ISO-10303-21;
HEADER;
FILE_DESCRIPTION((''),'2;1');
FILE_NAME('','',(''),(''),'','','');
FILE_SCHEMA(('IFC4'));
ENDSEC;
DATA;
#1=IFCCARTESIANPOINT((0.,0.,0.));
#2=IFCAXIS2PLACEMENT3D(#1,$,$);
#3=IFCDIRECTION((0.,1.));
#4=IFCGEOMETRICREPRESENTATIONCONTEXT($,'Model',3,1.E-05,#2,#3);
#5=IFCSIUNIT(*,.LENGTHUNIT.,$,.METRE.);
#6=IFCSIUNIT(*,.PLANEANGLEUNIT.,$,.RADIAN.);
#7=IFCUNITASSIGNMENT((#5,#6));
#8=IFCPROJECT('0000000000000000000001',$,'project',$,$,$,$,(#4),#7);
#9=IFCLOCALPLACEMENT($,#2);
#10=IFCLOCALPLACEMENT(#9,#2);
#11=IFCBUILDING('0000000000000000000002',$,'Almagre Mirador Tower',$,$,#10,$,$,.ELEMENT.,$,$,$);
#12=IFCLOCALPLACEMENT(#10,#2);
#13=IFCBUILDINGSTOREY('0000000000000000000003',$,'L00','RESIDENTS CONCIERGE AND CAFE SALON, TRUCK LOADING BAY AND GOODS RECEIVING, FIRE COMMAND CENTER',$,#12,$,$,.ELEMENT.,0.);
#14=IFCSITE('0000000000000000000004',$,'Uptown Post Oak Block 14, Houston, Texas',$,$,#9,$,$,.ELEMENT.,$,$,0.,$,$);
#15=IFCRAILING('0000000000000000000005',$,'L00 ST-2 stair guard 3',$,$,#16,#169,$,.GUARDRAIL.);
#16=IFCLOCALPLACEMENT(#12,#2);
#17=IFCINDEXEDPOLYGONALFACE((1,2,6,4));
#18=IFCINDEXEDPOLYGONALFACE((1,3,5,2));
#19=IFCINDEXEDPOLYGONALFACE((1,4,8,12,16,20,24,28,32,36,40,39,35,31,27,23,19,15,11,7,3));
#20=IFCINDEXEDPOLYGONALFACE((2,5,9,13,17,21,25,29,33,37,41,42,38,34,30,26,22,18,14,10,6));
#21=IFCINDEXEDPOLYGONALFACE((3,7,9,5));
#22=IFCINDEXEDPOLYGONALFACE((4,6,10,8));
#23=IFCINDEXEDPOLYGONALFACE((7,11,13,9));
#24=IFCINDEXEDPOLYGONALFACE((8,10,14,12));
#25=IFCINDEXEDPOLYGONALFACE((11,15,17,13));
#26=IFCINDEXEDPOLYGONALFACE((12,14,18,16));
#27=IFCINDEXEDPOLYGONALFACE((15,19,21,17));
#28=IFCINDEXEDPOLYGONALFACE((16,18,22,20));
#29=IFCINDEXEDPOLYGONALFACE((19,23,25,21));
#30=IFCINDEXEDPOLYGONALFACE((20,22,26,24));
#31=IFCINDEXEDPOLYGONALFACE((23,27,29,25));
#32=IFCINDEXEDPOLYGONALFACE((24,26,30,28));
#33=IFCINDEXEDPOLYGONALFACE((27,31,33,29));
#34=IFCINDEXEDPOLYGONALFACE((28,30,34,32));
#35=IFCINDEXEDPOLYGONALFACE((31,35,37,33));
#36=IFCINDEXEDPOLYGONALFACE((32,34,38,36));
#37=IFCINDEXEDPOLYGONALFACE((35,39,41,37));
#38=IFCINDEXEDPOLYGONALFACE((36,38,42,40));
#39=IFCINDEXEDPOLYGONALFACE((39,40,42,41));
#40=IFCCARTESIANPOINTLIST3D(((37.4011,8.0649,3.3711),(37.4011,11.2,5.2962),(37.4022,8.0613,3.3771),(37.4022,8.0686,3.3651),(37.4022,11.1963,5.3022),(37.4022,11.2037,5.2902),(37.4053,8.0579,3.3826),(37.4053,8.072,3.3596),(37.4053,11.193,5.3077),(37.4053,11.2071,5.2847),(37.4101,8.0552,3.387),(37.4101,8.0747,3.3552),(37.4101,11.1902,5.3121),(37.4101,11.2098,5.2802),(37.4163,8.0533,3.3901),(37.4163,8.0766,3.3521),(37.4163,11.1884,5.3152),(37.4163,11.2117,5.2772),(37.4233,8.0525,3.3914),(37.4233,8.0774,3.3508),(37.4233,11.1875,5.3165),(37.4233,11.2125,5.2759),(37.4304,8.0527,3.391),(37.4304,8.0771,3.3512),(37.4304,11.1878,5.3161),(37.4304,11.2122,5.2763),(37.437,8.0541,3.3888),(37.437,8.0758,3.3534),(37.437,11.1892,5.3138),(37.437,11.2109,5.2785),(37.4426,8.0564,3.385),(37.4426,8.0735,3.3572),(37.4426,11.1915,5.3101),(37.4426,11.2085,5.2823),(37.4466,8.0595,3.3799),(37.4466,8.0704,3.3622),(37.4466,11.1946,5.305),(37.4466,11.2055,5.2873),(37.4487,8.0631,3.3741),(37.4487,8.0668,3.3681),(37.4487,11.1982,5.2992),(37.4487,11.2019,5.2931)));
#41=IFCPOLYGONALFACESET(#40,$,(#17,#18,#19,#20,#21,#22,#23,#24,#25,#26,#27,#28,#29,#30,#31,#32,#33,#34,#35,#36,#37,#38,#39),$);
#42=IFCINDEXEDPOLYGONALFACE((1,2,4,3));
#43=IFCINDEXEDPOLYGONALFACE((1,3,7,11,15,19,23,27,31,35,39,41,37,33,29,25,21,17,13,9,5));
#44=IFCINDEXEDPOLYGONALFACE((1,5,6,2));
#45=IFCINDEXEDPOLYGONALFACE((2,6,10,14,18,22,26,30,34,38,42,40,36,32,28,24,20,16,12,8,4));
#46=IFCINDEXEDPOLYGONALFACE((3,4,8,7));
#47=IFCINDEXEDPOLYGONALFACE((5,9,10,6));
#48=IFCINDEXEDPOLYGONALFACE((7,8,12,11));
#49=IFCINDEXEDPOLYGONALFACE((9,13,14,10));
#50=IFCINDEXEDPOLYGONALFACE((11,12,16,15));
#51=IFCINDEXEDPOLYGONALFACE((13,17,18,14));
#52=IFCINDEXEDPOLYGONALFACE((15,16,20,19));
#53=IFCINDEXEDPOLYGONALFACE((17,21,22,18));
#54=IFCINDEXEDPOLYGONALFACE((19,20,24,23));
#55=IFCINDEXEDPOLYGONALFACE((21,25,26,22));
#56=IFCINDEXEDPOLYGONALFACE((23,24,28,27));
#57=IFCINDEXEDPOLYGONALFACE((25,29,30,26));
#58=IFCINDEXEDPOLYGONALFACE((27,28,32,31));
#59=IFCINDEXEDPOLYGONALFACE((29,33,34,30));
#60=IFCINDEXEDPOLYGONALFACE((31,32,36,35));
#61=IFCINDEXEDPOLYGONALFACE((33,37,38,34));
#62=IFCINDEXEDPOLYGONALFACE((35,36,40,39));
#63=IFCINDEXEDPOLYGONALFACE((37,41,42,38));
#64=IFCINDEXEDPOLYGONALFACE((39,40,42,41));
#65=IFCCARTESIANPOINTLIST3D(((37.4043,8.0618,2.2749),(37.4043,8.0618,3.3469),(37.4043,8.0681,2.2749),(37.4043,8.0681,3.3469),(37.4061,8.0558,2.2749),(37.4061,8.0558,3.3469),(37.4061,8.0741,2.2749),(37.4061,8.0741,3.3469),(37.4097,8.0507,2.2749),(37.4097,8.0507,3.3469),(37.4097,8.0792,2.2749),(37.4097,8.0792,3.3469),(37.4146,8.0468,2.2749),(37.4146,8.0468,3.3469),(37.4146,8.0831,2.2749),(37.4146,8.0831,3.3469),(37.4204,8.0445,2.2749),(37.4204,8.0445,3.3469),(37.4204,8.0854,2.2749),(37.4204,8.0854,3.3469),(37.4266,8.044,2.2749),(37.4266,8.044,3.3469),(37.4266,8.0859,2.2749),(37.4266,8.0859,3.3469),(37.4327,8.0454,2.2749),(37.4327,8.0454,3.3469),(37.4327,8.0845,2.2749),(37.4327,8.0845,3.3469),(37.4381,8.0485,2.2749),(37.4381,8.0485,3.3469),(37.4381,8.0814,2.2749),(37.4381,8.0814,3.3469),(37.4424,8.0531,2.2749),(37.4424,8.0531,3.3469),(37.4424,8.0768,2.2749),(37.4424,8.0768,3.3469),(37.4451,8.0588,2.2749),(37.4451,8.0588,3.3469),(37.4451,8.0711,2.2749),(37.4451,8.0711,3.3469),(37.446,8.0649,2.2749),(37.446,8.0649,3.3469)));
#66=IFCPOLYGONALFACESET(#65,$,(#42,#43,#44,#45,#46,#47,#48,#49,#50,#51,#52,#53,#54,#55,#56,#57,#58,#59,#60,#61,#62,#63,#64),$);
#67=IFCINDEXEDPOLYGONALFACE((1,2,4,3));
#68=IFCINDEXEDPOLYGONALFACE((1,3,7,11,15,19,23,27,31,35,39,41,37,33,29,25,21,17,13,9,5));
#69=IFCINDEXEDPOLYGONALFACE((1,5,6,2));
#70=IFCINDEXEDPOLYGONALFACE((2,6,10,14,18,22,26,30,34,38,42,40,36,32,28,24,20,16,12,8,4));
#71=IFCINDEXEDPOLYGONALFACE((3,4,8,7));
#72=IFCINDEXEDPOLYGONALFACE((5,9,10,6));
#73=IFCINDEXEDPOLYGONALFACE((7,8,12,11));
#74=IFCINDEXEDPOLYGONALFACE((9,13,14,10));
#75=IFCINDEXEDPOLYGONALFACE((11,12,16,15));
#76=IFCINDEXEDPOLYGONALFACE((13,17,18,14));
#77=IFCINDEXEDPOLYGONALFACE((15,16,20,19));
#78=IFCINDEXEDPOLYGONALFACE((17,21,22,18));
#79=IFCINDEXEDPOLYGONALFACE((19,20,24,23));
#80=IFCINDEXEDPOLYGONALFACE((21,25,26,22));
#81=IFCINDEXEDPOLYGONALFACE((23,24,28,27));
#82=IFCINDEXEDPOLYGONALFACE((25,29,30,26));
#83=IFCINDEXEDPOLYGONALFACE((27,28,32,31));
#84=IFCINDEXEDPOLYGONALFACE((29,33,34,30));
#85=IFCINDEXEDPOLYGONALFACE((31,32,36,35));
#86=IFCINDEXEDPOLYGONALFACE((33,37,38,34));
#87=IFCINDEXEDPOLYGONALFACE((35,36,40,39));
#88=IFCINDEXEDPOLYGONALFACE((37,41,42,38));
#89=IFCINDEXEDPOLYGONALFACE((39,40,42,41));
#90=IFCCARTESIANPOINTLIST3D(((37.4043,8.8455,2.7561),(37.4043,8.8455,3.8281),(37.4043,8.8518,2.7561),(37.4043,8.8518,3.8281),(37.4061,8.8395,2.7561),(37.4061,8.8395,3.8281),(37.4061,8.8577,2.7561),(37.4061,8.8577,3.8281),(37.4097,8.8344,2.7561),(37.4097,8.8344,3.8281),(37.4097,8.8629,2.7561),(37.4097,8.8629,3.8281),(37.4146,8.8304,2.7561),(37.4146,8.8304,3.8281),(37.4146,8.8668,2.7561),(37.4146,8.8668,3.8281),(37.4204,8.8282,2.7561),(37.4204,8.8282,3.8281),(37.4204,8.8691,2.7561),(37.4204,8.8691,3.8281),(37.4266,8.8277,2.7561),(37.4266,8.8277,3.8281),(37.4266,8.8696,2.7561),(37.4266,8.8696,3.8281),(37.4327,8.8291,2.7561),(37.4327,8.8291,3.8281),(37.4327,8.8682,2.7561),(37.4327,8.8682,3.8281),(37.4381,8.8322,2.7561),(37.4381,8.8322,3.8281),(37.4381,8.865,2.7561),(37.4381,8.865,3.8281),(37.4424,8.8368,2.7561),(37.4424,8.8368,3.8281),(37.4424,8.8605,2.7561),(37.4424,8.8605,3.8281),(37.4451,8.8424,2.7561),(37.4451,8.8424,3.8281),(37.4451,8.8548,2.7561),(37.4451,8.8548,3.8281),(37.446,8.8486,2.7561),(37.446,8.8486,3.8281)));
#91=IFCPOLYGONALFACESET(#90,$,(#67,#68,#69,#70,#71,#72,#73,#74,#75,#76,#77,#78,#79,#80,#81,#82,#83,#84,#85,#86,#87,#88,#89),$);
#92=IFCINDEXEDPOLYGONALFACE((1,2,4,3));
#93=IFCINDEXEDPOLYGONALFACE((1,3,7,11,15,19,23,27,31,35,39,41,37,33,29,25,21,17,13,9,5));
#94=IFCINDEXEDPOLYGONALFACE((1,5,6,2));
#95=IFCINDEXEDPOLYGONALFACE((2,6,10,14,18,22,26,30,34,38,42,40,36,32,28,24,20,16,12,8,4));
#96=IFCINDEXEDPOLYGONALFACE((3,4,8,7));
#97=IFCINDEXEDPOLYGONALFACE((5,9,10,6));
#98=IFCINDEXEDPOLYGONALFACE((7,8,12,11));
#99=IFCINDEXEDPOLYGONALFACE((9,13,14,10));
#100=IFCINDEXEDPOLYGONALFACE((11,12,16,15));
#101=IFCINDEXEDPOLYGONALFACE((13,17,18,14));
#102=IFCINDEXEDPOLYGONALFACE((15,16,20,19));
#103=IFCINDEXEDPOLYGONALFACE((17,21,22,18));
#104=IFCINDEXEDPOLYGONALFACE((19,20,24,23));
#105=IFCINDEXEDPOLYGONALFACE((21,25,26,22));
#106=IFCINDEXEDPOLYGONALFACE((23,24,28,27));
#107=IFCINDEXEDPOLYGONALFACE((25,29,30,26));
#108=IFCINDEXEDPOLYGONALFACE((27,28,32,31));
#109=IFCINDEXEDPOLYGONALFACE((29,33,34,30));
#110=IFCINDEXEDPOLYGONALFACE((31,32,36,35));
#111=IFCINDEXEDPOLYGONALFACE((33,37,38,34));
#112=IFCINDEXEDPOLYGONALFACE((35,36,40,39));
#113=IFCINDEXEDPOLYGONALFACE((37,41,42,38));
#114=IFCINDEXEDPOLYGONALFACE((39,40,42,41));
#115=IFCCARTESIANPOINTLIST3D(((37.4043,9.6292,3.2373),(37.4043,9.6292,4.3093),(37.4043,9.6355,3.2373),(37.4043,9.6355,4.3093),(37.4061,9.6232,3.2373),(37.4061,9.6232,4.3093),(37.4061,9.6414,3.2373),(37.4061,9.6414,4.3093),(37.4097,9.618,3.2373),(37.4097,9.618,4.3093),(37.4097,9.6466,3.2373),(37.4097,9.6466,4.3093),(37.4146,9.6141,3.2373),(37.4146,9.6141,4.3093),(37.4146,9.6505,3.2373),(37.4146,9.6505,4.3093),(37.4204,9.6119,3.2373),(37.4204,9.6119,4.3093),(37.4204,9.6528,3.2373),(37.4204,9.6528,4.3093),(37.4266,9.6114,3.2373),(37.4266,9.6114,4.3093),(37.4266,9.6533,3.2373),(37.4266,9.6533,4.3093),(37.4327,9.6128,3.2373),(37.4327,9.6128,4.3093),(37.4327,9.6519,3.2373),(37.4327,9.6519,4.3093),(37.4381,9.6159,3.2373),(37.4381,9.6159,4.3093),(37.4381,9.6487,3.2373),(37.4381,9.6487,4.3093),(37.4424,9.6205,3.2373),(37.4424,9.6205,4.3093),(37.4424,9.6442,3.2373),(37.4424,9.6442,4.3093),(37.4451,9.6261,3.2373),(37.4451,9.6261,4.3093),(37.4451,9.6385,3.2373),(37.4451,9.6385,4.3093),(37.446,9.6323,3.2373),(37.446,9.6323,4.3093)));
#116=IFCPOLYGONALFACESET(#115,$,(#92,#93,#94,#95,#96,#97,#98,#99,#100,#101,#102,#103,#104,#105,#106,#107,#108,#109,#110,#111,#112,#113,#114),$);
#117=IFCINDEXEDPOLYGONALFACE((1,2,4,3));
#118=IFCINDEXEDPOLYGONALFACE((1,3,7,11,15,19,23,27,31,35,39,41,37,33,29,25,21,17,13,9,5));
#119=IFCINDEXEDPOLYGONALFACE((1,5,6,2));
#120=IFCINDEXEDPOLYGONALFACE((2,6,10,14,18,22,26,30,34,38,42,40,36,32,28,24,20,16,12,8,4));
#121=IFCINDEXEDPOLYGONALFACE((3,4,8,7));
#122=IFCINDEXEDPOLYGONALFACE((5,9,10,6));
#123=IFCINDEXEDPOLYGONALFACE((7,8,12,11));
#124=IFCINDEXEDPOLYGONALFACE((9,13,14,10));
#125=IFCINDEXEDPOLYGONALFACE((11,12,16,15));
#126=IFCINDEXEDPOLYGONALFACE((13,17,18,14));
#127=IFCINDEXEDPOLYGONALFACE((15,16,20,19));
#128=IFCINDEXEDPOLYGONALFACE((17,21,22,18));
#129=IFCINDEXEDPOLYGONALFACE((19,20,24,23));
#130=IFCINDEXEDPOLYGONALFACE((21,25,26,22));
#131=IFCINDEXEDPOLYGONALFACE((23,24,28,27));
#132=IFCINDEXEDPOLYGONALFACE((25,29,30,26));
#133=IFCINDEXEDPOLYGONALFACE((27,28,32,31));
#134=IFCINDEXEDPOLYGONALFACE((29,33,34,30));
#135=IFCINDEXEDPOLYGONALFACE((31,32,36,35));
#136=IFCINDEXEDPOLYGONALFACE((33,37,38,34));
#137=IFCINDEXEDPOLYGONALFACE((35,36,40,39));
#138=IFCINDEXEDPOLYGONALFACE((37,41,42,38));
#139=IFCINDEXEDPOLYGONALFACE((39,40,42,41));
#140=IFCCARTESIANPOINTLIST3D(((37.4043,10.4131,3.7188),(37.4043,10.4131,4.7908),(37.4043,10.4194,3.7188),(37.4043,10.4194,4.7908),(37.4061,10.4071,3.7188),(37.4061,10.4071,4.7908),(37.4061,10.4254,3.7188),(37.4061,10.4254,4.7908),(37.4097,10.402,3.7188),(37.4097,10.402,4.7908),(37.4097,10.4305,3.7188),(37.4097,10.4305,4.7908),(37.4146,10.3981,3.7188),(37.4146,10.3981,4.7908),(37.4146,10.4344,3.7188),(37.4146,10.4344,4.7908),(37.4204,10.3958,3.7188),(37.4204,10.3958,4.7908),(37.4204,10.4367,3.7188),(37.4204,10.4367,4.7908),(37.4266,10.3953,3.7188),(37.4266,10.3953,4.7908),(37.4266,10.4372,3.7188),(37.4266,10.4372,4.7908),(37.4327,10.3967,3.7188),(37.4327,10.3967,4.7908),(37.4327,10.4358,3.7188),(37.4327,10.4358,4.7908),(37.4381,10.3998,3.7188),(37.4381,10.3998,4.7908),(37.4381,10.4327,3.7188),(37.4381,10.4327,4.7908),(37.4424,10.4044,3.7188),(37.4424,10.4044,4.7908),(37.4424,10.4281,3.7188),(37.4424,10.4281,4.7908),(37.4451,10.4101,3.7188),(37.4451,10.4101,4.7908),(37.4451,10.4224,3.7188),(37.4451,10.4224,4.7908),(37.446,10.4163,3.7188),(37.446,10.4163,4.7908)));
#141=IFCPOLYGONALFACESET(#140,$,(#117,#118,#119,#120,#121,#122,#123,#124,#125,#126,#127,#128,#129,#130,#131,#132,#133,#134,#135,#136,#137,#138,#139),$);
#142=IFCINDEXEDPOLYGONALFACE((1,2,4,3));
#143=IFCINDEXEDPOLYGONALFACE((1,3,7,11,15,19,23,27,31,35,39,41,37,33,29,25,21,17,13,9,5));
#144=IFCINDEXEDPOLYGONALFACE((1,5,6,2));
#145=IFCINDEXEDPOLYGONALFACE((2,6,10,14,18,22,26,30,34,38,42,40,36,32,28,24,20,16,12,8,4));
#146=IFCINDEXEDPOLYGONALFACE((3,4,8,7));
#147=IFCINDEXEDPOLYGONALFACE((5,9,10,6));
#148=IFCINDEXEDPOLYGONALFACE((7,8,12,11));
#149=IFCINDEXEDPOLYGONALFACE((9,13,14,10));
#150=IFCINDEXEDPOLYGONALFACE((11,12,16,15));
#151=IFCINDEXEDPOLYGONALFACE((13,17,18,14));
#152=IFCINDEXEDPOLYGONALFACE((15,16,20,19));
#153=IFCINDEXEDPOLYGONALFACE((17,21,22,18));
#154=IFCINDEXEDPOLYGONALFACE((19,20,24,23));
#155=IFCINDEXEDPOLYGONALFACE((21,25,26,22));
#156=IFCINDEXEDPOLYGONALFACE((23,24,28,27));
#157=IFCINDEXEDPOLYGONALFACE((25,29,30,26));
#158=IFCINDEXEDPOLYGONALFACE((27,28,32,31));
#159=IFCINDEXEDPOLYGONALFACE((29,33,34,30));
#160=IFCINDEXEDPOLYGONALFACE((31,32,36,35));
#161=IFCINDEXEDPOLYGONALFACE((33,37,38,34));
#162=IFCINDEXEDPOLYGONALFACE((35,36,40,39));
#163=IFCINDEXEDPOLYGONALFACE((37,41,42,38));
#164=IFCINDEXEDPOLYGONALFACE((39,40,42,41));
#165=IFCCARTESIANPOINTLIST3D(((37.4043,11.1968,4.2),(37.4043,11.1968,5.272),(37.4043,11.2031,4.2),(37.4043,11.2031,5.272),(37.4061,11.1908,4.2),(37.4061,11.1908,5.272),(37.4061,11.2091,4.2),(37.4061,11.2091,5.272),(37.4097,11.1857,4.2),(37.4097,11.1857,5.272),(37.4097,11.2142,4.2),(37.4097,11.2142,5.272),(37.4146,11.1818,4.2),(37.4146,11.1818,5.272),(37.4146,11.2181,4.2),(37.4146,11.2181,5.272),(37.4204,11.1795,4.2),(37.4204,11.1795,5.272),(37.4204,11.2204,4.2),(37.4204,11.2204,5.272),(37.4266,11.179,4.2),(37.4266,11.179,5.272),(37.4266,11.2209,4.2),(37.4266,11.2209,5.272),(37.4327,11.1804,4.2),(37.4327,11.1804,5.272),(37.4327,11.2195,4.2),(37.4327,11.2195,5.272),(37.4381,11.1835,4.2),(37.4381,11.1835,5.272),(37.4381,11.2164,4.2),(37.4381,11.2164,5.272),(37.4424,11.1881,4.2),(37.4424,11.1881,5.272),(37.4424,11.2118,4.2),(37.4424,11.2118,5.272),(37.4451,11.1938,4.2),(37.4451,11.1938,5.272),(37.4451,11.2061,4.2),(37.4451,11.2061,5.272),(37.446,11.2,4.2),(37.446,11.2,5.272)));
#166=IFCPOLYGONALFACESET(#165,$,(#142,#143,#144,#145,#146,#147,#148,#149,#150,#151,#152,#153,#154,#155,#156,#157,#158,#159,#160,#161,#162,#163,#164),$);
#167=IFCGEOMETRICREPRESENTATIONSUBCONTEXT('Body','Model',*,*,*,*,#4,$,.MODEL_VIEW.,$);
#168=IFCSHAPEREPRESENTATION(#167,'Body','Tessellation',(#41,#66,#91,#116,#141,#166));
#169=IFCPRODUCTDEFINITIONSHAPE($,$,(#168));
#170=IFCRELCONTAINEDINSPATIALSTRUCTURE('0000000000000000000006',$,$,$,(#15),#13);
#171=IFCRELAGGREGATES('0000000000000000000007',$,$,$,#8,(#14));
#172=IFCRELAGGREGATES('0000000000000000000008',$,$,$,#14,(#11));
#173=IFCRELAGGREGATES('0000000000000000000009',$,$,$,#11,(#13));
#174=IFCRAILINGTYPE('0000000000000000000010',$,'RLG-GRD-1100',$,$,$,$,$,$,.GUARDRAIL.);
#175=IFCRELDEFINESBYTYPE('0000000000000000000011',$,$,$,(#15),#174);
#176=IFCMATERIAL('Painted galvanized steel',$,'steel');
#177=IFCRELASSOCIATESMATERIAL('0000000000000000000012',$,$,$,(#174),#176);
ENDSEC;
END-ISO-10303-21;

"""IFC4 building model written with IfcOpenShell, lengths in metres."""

from ifc_helpers import new_model, si_unit, direction, frame, origin, origin_2d, place, context, subcontext, project, spatial, circle, extrude, material, type_object, element, save


model = new_model("IFC4")

# Units and contexts
model_context = context("Model", 3, precision=1e-05, world=origin(), true_north=direction((0.0, 1.0)))
body_context = subcontext(model_context, "Body", "Model", "MODEL_VIEW")
ifc_project = project(units=[si_unit("LENGTHUNIT", "METRE"), si_unit("PLANEANGLEUNIT", "RADIAN")], contexts=[model_context])

# Site, building, storey
site_placement = place(None, origin())
site = spatial("IfcSite", under=ifc_project, at=site_placement, Name="Uptown Post Oak Block 14, Houston, Texas", CompositionType="ELEMENT", RefElevation=0.0)
building_placement = place(site_placement, origin())
building = spatial("IfcBuilding", under=site, at=building_placement, Name="Almagre Mirador Tower", CompositionType="ELEMENT")
storey_placement = place(building_placement, origin())
storey = spatial("IfcBuildingStorey", under=building, at=storey_placement, Name="L00", Description="RESIDENTS CONCIERGE AND CAFE SALON, TRUCK LOADING BAY AND GOODS RECEIVING, FIRE COMMAND CENTER", CompositionType="ELEMENT", Elevation=0.0)

# Railing
ifc_material_1 = material(Name="Painted galvanized steel", Category="steel")
railing_type = type_object("IfcRailingType", Name="RLG-GRD-1100", PredefinedType="GUARDRAIL", material=ifc_material_1)
railing_1_placement = place(storey_placement, frame((37.425, 8.0649, 2.2749)))
element("IfcRailing", 1, at=railing_1_placement, inside=storey, type_object=railing_type, Name="L00 ST-2 stair guard 3", PredefinedType="GUARDRAIL", context=body_context, shape_type="SweptSolid", body=[
    extrude(circle(Radius=0.0239, at=origin_2d()), frame((0.0, 0.0, 1.0962), z_axis=(0.0, 0.852166, 0.523271), x_axis=(-1.0, 0.0, 0.0)), (0.0, 0.0, 1.0), 3.679),
    extrude(circle(Radius=0.021, at=origin_2d()), origin(), (0.0, 0.0, 1.0), 1.072),
    extrude(circle(Radius=0.021, at=origin_2d()), frame((0.0, 0.7837, 0.4812)), (0.0, 0.0, 1.0), 1.072),
    extrude(circle(Radius=0.021, at=origin_2d()), frame((0.0, 1.5674, 0.9624)), (0.0, 0.0, 1.0), 1.072),
    extrude(circle(Radius=0.021, at=origin_2d()), frame((0.0, 2.3513, 1.4438)), (0.0, 0.0, 1.0), 1.072),
    extrude(circle(Radius=0.021, at=origin_2d()), frame((0.0, 3.135, 1.925)), (0.0, 0.0, 1.0), 1.072),
])

save(model, "model.ifc")
